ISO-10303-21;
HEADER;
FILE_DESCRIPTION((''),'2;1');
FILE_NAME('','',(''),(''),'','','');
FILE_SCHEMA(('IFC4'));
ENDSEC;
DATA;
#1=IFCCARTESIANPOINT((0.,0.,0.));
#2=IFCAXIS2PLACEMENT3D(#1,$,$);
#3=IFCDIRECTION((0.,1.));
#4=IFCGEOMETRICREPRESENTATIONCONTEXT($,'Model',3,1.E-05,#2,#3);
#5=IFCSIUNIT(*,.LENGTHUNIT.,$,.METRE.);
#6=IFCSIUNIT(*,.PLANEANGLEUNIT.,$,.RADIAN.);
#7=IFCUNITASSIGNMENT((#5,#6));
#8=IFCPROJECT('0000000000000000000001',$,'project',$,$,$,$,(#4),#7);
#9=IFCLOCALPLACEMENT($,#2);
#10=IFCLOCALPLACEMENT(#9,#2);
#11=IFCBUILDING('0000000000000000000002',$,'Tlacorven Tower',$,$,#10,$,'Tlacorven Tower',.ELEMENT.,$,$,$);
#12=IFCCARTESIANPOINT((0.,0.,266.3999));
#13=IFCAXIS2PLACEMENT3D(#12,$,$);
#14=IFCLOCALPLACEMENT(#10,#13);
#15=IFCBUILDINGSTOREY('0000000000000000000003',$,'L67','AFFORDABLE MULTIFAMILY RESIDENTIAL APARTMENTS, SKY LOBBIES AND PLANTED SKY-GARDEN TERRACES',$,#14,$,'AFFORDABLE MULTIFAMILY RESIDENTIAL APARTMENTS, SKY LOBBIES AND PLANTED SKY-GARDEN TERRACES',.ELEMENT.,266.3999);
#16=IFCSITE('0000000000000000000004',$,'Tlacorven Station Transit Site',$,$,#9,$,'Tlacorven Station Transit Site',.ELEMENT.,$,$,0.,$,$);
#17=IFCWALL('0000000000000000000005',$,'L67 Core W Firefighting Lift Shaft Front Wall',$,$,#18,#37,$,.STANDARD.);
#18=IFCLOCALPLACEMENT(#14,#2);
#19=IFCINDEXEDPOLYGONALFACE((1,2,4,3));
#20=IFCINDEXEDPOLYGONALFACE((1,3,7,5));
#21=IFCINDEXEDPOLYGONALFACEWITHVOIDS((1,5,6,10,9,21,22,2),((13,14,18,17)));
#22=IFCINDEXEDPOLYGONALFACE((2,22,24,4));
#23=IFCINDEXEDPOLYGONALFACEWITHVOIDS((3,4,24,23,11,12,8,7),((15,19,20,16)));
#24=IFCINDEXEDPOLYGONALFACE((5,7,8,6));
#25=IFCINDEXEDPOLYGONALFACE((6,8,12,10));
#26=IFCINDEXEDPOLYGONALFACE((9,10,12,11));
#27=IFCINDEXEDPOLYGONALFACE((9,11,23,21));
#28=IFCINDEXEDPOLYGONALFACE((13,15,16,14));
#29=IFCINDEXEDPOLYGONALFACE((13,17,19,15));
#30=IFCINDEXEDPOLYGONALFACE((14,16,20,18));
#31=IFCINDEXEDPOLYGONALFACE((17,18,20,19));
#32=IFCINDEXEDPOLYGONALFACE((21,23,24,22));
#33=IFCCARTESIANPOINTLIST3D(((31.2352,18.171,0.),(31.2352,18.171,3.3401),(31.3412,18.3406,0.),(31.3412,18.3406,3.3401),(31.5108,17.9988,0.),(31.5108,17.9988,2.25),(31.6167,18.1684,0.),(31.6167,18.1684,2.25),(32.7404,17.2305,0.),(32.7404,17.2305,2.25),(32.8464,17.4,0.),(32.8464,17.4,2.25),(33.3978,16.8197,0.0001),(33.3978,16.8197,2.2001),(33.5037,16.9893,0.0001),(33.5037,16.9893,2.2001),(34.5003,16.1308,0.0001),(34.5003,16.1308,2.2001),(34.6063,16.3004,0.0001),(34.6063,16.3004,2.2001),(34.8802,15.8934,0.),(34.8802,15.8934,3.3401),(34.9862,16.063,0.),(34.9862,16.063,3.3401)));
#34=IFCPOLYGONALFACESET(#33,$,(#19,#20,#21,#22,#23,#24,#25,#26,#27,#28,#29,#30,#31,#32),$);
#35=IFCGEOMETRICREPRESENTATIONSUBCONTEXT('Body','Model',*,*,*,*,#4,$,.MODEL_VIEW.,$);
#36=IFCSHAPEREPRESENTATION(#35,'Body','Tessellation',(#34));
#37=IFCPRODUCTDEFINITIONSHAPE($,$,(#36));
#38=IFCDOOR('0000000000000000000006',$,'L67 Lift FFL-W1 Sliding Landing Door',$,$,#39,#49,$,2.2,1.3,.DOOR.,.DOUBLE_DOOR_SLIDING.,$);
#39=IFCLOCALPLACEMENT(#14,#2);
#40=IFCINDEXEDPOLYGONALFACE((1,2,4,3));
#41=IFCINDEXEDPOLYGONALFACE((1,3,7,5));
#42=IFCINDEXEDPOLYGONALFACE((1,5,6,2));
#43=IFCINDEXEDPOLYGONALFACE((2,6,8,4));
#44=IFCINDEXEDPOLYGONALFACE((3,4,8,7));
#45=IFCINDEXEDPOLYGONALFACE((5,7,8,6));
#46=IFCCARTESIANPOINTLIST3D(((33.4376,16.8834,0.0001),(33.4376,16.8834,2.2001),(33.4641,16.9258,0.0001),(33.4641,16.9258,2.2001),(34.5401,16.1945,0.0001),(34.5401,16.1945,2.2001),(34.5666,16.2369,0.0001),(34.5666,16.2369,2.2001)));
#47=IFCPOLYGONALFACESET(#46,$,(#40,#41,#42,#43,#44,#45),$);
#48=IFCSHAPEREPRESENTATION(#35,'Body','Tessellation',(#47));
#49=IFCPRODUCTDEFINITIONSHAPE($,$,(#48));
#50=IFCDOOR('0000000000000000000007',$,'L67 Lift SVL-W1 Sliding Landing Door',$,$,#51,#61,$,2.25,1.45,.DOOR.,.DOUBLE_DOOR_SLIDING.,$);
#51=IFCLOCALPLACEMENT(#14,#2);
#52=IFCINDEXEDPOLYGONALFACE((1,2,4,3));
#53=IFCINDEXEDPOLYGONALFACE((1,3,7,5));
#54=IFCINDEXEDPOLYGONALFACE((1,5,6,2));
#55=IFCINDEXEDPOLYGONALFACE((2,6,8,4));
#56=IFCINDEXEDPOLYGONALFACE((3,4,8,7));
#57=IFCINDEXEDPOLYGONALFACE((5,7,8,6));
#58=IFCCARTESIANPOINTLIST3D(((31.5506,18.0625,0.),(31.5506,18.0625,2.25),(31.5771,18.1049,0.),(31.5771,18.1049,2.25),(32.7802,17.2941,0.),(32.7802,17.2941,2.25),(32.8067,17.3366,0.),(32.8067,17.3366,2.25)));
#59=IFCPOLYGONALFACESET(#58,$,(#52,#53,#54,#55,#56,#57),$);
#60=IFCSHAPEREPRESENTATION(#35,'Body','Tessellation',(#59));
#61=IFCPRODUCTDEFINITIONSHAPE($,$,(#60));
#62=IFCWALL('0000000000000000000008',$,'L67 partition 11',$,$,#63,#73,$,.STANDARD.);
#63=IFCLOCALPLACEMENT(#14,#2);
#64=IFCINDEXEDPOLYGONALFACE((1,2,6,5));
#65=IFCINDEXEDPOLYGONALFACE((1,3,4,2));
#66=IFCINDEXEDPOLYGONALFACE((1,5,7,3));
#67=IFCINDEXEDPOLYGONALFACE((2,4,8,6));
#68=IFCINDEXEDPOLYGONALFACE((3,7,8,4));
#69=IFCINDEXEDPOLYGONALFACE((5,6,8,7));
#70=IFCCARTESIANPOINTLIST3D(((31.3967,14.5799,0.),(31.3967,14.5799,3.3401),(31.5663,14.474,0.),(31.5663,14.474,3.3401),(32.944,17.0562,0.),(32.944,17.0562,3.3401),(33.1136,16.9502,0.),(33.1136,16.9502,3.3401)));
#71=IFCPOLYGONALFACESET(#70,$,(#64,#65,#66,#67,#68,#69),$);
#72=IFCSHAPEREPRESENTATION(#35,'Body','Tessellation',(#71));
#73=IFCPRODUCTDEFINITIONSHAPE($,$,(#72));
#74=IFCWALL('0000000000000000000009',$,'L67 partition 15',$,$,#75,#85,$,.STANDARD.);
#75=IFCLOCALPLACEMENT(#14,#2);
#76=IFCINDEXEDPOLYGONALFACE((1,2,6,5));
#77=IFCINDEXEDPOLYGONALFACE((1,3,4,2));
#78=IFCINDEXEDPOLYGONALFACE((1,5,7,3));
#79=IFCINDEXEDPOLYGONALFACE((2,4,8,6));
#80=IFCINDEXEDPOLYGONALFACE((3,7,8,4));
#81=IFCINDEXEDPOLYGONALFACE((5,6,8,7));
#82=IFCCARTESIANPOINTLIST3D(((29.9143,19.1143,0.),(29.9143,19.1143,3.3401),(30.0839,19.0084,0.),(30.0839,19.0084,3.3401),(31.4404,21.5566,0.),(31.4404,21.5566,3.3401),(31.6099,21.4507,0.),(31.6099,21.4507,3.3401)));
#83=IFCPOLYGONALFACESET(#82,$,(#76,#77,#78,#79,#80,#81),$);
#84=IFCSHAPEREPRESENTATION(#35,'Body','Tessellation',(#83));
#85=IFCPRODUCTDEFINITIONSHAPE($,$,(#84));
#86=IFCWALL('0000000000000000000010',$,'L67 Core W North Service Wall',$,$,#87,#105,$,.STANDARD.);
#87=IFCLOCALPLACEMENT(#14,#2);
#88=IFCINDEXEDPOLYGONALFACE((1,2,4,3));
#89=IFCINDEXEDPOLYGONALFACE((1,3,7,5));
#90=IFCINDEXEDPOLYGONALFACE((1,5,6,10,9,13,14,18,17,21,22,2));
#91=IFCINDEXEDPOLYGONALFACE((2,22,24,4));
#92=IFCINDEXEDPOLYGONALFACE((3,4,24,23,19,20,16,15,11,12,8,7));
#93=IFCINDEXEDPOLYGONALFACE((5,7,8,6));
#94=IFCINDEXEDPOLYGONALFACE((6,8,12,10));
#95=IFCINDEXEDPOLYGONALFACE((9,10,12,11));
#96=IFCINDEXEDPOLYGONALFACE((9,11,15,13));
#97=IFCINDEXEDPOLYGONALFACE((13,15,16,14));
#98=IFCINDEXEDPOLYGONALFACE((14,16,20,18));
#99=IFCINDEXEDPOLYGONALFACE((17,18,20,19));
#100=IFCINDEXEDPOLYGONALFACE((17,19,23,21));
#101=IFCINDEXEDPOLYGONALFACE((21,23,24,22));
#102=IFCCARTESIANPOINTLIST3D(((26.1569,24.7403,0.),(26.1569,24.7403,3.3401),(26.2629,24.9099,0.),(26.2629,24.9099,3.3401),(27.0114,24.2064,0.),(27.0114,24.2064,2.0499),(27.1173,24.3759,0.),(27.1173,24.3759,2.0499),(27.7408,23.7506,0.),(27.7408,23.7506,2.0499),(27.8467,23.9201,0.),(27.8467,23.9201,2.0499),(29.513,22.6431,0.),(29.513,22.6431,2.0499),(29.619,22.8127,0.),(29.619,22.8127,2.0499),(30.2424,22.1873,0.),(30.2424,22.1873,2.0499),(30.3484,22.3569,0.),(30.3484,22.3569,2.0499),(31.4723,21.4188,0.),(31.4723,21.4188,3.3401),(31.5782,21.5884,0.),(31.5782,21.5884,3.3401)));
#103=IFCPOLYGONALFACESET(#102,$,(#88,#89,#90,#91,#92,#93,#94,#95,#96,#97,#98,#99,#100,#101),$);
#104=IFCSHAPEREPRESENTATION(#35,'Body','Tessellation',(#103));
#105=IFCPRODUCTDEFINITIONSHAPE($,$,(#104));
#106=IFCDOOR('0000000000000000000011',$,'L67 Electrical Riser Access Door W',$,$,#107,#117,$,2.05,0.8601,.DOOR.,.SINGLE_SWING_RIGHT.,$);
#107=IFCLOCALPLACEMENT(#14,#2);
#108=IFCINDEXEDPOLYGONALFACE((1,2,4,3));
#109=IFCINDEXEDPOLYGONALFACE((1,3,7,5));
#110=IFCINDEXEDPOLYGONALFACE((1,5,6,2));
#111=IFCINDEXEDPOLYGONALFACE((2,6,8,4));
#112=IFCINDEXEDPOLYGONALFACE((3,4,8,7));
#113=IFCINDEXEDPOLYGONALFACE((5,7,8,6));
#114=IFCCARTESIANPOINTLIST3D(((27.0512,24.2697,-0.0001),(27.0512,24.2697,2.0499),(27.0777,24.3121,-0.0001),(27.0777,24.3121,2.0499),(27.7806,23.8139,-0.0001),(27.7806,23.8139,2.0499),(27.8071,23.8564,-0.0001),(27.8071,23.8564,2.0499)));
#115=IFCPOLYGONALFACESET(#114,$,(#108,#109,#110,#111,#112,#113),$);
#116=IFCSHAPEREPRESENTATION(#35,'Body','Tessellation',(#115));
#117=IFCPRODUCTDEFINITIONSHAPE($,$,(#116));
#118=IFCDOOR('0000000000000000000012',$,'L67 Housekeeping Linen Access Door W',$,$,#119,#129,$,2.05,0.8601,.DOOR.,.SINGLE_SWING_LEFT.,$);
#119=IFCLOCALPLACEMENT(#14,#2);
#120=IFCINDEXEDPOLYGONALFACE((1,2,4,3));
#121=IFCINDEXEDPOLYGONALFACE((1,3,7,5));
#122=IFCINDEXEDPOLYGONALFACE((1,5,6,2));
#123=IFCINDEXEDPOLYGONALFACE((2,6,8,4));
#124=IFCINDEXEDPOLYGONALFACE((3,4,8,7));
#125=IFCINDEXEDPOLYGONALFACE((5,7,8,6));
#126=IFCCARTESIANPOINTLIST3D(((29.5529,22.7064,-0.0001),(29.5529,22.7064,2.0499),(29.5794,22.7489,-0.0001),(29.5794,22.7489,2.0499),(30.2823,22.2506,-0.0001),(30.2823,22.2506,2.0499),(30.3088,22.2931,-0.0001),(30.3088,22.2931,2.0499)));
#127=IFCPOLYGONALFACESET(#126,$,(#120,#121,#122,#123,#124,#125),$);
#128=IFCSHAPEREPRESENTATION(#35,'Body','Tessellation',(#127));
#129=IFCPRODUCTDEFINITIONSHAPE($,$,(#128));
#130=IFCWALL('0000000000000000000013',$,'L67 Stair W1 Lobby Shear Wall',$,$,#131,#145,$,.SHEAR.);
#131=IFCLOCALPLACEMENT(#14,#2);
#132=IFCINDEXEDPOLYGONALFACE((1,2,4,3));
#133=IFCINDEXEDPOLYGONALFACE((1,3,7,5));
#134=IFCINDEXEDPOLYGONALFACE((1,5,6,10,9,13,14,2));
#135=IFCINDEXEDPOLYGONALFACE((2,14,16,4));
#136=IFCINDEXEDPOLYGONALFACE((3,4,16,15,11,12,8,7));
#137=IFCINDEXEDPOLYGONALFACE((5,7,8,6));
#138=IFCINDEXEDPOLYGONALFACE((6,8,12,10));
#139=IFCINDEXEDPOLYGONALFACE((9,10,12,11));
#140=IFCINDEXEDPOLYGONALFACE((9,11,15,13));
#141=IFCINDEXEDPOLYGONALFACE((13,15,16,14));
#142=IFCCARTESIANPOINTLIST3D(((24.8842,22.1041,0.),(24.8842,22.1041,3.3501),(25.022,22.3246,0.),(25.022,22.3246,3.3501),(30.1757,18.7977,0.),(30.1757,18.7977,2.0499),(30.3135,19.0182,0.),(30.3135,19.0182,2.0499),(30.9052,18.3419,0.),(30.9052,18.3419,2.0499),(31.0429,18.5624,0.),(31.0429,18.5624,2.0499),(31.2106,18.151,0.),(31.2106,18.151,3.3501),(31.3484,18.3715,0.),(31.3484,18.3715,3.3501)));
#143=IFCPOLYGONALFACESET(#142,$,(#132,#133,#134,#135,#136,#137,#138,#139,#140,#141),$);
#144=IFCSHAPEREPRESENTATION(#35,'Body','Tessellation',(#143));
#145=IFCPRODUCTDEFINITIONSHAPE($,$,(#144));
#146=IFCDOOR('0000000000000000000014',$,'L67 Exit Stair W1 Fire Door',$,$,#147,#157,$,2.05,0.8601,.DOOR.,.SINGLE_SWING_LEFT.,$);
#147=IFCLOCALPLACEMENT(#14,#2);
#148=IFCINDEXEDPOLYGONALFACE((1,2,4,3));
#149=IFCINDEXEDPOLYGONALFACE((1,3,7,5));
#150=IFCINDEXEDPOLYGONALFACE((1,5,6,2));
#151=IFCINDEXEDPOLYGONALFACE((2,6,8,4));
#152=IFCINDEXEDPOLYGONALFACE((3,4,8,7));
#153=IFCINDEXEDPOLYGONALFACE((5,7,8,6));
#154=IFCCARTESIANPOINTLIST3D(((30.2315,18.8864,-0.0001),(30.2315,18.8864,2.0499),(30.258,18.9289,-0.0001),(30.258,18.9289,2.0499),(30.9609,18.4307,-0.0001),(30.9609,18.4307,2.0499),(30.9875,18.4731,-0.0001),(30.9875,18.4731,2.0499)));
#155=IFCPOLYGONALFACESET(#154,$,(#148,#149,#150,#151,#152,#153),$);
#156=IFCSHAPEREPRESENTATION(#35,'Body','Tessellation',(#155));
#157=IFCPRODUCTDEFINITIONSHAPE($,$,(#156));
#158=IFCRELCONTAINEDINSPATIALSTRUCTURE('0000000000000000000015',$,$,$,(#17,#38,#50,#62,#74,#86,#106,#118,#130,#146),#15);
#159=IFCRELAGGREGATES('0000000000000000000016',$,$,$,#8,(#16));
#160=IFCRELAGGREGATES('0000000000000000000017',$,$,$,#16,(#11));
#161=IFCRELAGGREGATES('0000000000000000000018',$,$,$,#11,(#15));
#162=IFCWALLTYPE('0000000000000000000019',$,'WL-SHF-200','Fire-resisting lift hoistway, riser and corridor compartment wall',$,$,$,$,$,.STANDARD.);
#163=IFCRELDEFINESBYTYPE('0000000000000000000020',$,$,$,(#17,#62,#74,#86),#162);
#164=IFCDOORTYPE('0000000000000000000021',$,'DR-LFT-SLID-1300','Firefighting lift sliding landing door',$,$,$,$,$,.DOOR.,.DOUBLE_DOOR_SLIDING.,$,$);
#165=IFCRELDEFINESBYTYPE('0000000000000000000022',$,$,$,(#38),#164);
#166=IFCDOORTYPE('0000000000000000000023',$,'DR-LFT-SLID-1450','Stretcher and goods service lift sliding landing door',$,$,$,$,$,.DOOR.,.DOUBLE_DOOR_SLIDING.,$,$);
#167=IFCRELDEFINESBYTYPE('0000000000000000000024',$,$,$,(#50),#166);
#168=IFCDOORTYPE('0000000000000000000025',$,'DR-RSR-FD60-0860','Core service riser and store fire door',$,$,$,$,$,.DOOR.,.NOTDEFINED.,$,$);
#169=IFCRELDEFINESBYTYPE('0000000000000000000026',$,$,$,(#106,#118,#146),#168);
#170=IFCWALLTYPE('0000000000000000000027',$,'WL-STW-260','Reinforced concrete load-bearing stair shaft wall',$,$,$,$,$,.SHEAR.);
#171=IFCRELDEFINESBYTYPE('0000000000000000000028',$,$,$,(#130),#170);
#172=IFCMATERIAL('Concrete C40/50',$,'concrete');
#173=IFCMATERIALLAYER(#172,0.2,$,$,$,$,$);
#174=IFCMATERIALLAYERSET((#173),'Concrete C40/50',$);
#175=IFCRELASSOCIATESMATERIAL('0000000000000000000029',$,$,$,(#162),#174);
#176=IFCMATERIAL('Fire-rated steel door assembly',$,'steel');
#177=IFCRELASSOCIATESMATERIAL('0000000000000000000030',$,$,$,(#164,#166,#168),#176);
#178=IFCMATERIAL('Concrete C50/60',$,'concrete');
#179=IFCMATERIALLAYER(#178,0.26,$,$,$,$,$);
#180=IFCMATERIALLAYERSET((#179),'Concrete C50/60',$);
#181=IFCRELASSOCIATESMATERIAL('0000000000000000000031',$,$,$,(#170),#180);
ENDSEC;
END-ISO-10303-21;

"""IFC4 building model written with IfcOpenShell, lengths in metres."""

from ifc_helpers import new_model, si_unit, direction, frame, frame_2d, origin, place, context, subcontext, project, spatial, rectangle, extrude, source, transform, mapped, material, layer, layer_set, type_object, element, fill, save


model = new_model("IFC4")

# Units and contexts
model_context = context("Model", 3, precision=1e-05, world=origin(), true_north=direction((0.0, 1.0)))
body_context = subcontext(model_context, "Body", "Model", "MODEL_VIEW")
ifc_project = project(units=[si_unit("LENGTHUNIT", "METRE"), si_unit("PLANEANGLEUNIT", "RADIAN")], contexts=[model_context])

# Site, building, storey
site_placement = place(None, origin())
site = spatial("IfcSite", under=ifc_project, at=site_placement, Name="Tlacorven Station Transit Site", LongName="Tlacorven Station Transit Site", CompositionType="ELEMENT", RefElevation=0.0)
building_placement = place(site_placement, origin())
building = spatial("IfcBuilding", under=site, at=building_placement, Name="Tlacorven Tower", LongName="Tlacorven Tower", CompositionType="ELEMENT")
storey_placement = place(building_placement, frame((0.0, 0.0, 266.3999)))
storey = spatial("IfcBuildingStorey", under=building, at=storey_placement, Name="L67", Description="AFFORDABLE MULTIFAMILY RESIDENTIAL APARTMENTS, SKY LOBBIES AND PLANTED SKY-GARDEN TERRACES", LongName="AFFORDABLE MULTIFAMILY RESIDENTIAL APARTMENTS, SKY LOBBIES AND PLANTED SKY-GARDEN TERRACES", CompositionType="ELEMENT", Elevation=266.3999)

# Shared definitions
ifc_material_1 = material(Name="Concrete C50/60", Category="concrete")

# Shared definitions
ifc_material_2 = material(Name="Fire-rated steel door assembly", Category="steel")

# Wall, openings, doors
ifc_material_3 = material(Name="Concrete C40/50", Category="concrete")
ifc_layer_1 = layer(ifc_material_3, 0.2)
ifc_layer_set_1 = layer_set([ifc_layer_1], Name="Concrete C40/50")
wall_type_1 = type_object("IfcWallType", Name="WL-SHF-200", Description="Fire-resisting lift hoistway, riser and corridor compartment wall", PredefinedType="STANDARD", material=ifc_layer_set_1)
wall_1_placement = place(storey_placement, frame((34.9331, 15.9783, 0.0), z_axis=(0.0, 0.0, 1.0), x_axis=(-0.848056, 0.529907, 0.0)))
wall_1 = element("IfcWall", 1, at=wall_1_placement, inside=storey, type_object=wall_type_1, Name="L67 Core W Firefighting Lift Shaft Front Wall", PredefinedType="STANDARD", context=body_context, shape_type="SweptSolid", body=[
    extrude(rectangle(XDim=4.2981, YDim=0.2, at=frame_2d((2.1489, 0.0))), origin(), (0.0, 0.0, 1.0), 3.3401),
])
opening_1_placement = place(wall_1_placement, frame((0.448, 0.0, 0.0)))
opening_1 = element("IfcOpeningElement", 2, at=opening_1_placement, cuts=wall_1, PredefinedType="OPENING", context=body_context, shape_type="SweptSolid", body=[
    extrude(rectangle(XDim=1.3, YDim=2.2, at=frame_2d((0.6499, 1.1001))), frame((0.0, 0.1099, 0.0), z_axis=(0.0, -1.0, 0.0), x_axis=(1.0, 0.0, 0.0)), (0.0, 0.0, 1.0), 0.22),
])
opening_2_placement = place(wall_1_placement, frame((2.5229, 0.0, 0.0)))
opening_2 = element("IfcOpeningElement", 3, at=opening_2_placement, cuts=wall_1, PredefinedType="OPENING", context=body_context, shape_type="SweptSolid", body=[
    extrude(rectangle(XDim=1.45, YDim=2.25, at=frame_2d((0.7251, 1.125))), frame((0.0, 0.1099, 0.0), z_axis=(0.0, -1.0, 0.0), x_axis=(1.0, 0.0, 0.0)), (0.0, 0.0, 1.0), 0.22),
])
door_type_1 = type_object("IfcDoorType", Name="DR-LFT-SLID-1300", Description="Firefighting lift sliding landing door", OperationType="DOUBLE_DOOR_SLIDING", PredefinedType="DOOR", material=ifc_material_2)
shared_shape_1 = source(origin(), body_context, "Body", "SweptSolid", [
    extrude(rectangle(XDim=1.3, YDim=2.2, at=frame_2d((0.6499, 1.1001))), frame((0.0, 0.0249, 0.0), z_axis=(0.0, -1.0, 0.0), x_axis=(1.0, 0.0, 0.0)), (0.0, 0.0, 1.0), 0.05),
])
door_1_placement = place(opening_1_placement, origin())
door_1 = element("IfcDoor", 4, at=door_1_placement, inside=storey, type_object=door_type_1, Name="L67 Lift FFL-W1 Sliding Landing Door", OperationType="DOUBLE_DOOR_SLIDING", OverallHeight=2.2, OverallWidth=1.3, PredefinedType="DOOR", context=body_context, shape_type="MappedRepresentation", body=[
    mapped(shared_shape_1, transform((0.0, 0.0, 0.0), scale=1.0)),
])
fill(opening_1, door_1)
door_type_2 = type_object("IfcDoorType", Name="DR-LFT-SLID-1450", Description="Stretcher and goods service lift sliding landing door", OperationType="DOUBLE_DOOR_SLIDING", PredefinedType="DOOR", material=ifc_material_2)
shared_shape_2 = source(origin(), body_context, "Body", "SweptSolid", [
    extrude(rectangle(XDim=1.45, YDim=2.25, at=frame_2d((0.7251, 1.125))), frame((0.0, 0.0249, 0.0), z_axis=(0.0, -1.0, 0.0), x_axis=(1.0, 0.0, 0.0)), (0.0, 0.0, 1.0), 0.05),
])
door_2_placement = place(opening_2_placement, origin())
door_2 = element("IfcDoor", 5, at=door_2_placement, inside=storey, type_object=door_type_2, Name="L67 Lift SVL-W1 Sliding Landing Door", OperationType="DOUBLE_DOOR_SLIDING", OverallHeight=2.25, OverallWidth=1.45, PredefinedType="DOOR", context=body_context, shape_type="MappedRepresentation", body=[
    mapped(shared_shape_2, transform((0.0, 0.0, 0.0), scale=1.0)),
])
fill(opening_2, door_2)

# Walls
wall_2_placement = place(storey_placement, frame((33.0288, 17.0032, 0.0), z_axis=(0.0, 0.0, 1.0), x_axis=(-0.529916, -0.84805, 0.0)))
element("IfcWall", 6, at=wall_2_placement, inside=storey, type_object=wall_type_1, Name="L67 partition 11", PredefinedType="STANDARD", context=body_context, shape_type="SweptSolid", body=[
    extrude(rectangle(XDim=2.9199, YDim=0.2, at=frame_2d((1.46, 0.0))), origin(), (0.0, 0.0, 1.0), 3.3401),
])
wall_3_placement = place(storey_placement, frame((31.5251, 21.5037, 0.0), z_axis=(0.0, 0.0, 1.0), x_axis=(-0.529907, -0.848055, 0.0)))
element("IfcWall", 7, at=wall_3_placement, inside=storey, type_object=wall_type_1, Name="L67 partition 15", PredefinedType="STANDARD", context=body_context, shape_type="SweptSolid", body=[
    extrude(rectangle(XDim=2.8799, YDim=0.2, at=frame_2d((1.4399, 0.0))), origin(), (0.0, 0.0, 1.0), 3.3401),
])

# Wall, openings, doors
wall_4_placement = place(storey_placement, frame((31.5251, 21.5037, 0.0), z_axis=(0.0, 0.0, 1.0), x_axis=(-0.848042, 0.529929, 0.0)))
wall_4 = element("IfcWall", 8, at=wall_4_placement, inside=storey, type_object=wall_type_1, Name="L67 Core W North Service Wall", PredefinedType="STANDARD", context=body_context, shape_type="SweptSolid", body=[
    extrude(rectangle(XDim=6.2678, YDim=0.2, at=frame_2d((3.1338, 0.0))), origin(), (0.0, 0.0, 1.0), 3.3401),
])
opening_3_placement = place(wall_4_placement, frame((4.3999, 0.0, 0.0)))
opening_3 = element("IfcOpeningElement", 9, at=opening_3_placement, cuts=wall_4, PredefinedType="OPENING", context=body_context, shape_type="SweptSolid", body=[
    extrude(rectangle(XDim=0.8601, YDim=2.05, at=frame_2d((0.4302, 1.0249))), frame((0.0, 0.1099, 0.0), z_axis=(0.0, -1.0, 0.0), x_axis=(1.0, 0.0, 0.0)), (0.0, 0.0, 1.0), 0.22),
])
opening_4_placement = place(wall_4_placement, frame((1.45, 0.0, 0.0)))
opening_4 = element("IfcOpeningElement", 10, at=opening_4_placement, cuts=wall_4, PredefinedType="OPENING", context=body_context, shape_type="SweptSolid", body=[
    extrude(rectangle(XDim=0.8601, YDim=2.05, at=frame_2d((0.4302, 1.0249))), frame((0.0, 0.1099, 0.0), z_axis=(0.0, -1.0, 0.0), x_axis=(1.0, 0.0, 0.0)), (0.0, 0.0, 1.0), 0.22),
])
door_type_3 = type_object("IfcDoorType", Name="DR-RSR-FD60-0860", Description="Core service riser and store fire door", OperationType="NOTDEFINED", PredefinedType="DOOR", material=ifc_material_2)
shared_shape_3 = source(origin(), body_context, "Body", "SweptSolid", [
    extrude(rectangle(XDim=0.8601, YDim=2.05, at=frame_2d((0.4302, 1.0249))), frame((0.0, 0.0249, 0.0), z_axis=(0.0, -1.0, 0.0), x_axis=(1.0, 0.0, 0.0)), (0.0, 0.0, 1.0), 0.05),
])
door_3_placement = place(opening_3_placement, frame((0.8601, 0.0, 0.0), z_axis=(0.0, 0.0, 1.0), x_axis=(-1.0, 0.0, 0.0)))
door_3 = element("IfcDoor", 11, at=door_3_placement, inside=storey, type_object=door_type_3, Name="L67 Electrical Riser Access Door W", OperationType="SINGLE_SWING_RIGHT", OverallHeight=2.05, OverallWidth=0.8601, PredefinedType="DOOR", context=body_context, shape_type="MappedRepresentation", body=[
    mapped(shared_shape_3, transform((0.0, 0.0, 0.0), scale=1.0)),
])
fill(opening_3, door_3)
door_4_placement = place(opening_4_placement, frame((0.8601, 0.0, 0.0), z_axis=(0.0, 0.0, 1.0), x_axis=(-1.0, 0.0, 0.0)))
door_4 = element("IfcDoor", 12, at=door_4_placement, inside=storey, type_object=door_type_3, Name="L67 Housekeeping Linen Access Door W", OperationType="SINGLE_SWING_LEFT", OverallHeight=2.05, OverallWidth=0.8601, PredefinedType="DOOR", context=body_context, shape_type="MappedRepresentation", body=[
    mapped(shared_shape_3, transform((0.0, 0.0, 0.0), scale=1.0)),
])
fill(opening_4, door_4)

# Wall, opening, door
ifc_layer_2 = layer(ifc_material_1, 0.26)
ifc_layer_set_2 = layer_set([ifc_layer_2], Name="Concrete C50/60")
wall_type_2 = type_object("IfcWallType", Name="WL-STW-260", Description="Reinforced concrete load-bearing stair shaft wall", PredefinedType="SHEAR", material=ifc_layer_set_2)
wall_5_placement = place(storey_placement, frame((31.2795, 18.2612, 0.0), z_axis=(0.0, 0.0, 1.0), x_axis=(-0.848052, 0.529914, 0.0)))
wall_5 = element("IfcWall", 13, at=wall_5_placement, inside=storey, type_object=wall_type_2, Name="L67 Stair W1 Lobby Shear Wall", PredefinedType="SHEAR", context=body_context, shape_type="SweptSolid", body=[
    extrude(rectangle(XDim=7.46, YDim=0.26, at=frame_2d((3.73, 0.0))), origin(), (0.0, 0.0, 1.0), 3.3501),
])
opening_5_placement = place(wall_5_placement, frame((0.3601, 0.0, 0.0)))
opening_5 = element("IfcOpeningElement", 14, at=opening_5_placement, cuts=wall_5, PredefinedType="OPENING", context=body_context, shape_type="SweptSolid", body=[
    extrude(rectangle(XDim=0.8601, YDim=2.05, at=frame_2d((0.4302, 1.0249))), frame((0.0, 0.1401, 0.0), z_axis=(0.0, -1.0, 0.0), x_axis=(1.0, 0.0, 0.0)), (0.0, 0.0, 1.0), 0.28),
])
door_5_placement = place(opening_5_placement, frame((0.8601, 0.0, 0.0), z_axis=(0.0, 0.0, 1.0), x_axis=(-1.0, 0.0, 0.0)))
door_5 = element("IfcDoor", 15, at=door_5_placement, inside=storey, type_object=door_type_3, Name="L67 Exit Stair W1 Fire Door", OperationType="SINGLE_SWING_LEFT", OverallHeight=2.05, OverallWidth=0.8601, PredefinedType="DOOR", context=body_context, shape_type="MappedRepresentation", body=[
    mapped(shared_shape_3, transform((0.0, 0.0, 0.0), scale=1.0)),
])
fill(opening_5, door_5)

save(model, "model.ifc")
